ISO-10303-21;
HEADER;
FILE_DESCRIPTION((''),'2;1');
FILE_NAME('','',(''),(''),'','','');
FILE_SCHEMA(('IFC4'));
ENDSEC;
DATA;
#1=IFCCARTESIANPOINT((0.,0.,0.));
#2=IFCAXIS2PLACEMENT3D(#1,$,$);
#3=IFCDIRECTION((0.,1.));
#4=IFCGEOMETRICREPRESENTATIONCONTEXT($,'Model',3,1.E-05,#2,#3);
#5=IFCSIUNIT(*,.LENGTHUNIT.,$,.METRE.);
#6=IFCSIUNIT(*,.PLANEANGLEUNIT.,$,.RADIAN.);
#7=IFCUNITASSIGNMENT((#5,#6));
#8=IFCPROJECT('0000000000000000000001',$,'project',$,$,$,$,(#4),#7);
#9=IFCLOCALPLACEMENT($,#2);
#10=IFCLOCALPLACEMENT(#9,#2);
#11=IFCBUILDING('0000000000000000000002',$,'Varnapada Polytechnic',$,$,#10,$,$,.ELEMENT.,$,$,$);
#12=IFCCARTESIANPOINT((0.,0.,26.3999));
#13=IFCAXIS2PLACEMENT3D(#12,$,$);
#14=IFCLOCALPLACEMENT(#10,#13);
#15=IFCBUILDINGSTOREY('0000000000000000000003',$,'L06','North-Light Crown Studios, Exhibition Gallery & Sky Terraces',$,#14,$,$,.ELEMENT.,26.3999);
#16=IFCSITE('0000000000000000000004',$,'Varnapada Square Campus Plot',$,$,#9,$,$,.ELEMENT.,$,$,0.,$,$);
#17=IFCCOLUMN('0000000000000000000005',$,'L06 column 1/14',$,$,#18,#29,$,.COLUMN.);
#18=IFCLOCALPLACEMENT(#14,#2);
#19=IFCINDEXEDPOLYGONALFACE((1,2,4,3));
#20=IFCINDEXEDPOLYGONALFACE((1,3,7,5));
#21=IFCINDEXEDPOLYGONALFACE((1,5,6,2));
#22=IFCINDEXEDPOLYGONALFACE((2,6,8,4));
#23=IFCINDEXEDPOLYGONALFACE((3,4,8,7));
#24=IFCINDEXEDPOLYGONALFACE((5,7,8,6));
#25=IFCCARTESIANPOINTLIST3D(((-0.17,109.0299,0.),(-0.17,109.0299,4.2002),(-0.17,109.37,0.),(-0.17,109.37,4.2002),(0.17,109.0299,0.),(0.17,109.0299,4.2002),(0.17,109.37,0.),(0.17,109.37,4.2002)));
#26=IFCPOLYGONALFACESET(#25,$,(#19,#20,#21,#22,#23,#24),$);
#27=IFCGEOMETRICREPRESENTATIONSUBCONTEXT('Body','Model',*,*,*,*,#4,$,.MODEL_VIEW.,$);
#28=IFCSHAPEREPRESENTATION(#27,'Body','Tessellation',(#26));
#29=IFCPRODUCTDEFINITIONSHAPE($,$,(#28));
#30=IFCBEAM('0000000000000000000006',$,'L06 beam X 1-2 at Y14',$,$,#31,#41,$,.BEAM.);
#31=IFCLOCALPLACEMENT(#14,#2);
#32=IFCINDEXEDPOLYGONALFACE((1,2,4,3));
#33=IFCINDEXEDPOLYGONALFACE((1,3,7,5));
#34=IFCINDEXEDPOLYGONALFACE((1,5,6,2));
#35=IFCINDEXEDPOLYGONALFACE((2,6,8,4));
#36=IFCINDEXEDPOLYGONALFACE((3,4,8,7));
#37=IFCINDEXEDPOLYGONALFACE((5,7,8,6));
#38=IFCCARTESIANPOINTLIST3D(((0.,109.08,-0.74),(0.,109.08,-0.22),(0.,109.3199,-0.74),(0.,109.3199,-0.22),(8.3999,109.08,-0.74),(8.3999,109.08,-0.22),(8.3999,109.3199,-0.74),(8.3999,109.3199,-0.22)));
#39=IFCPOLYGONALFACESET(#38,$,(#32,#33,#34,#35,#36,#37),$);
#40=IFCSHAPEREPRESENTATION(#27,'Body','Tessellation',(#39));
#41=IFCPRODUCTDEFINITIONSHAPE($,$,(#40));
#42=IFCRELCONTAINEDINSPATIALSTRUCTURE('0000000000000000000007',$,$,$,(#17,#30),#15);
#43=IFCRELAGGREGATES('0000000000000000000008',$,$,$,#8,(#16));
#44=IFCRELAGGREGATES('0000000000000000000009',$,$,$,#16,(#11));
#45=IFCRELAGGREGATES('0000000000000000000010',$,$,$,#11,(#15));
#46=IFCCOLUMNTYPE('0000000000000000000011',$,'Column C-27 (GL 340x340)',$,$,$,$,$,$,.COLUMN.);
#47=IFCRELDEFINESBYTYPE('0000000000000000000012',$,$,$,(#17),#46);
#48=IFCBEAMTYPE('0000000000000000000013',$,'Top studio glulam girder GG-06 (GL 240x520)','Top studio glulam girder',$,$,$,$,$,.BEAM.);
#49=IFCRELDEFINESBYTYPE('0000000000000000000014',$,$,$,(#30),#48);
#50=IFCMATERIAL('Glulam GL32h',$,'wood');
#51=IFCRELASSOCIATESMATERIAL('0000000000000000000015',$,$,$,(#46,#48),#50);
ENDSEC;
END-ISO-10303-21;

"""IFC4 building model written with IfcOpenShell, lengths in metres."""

from ifc_helpers import new_model, si_unit, direction, frame, origin, origin_2d, place, context, subcontext, project, spatial, rectangle, extrude, material, material_profile, profile_set, type_object, element, save


model = new_model("IFC4")

# Units and contexts
model_context = context("Model", 3, precision=1e-05, world=origin(), true_north=direction((0.0, 1.0)))
body_context = subcontext(model_context, "Body", "Model", "MODEL_VIEW")
ifc_project = project(units=[si_unit("LENGTHUNIT", "METRE"), si_unit("PLANEANGLEUNIT", "RADIAN")], contexts=[model_context])

# Site, building, storey
site_placement = place(None, origin())
site = spatial("IfcSite", under=ifc_project, at=site_placement, Name="Varnapada Square Campus Plot", CompositionType="ELEMENT", RefElevation=0.0)
building_placement = place(site_placement, origin())
building = spatial("IfcBuilding", under=site, at=building_placement, Name="Varnapada Polytechnic", CompositionType="ELEMENT")
storey_placement = place(building_placement, frame((0.0, 0.0, 26.3999)))
storey = spatial("IfcBuildingStorey", under=building, at=storey_placement, Name="L06", Description="North-Light Crown Studios, Exhibition Gallery & Sky Terraces", CompositionType="ELEMENT", Elevation=26.3999)

# Column
ifc_material_1 = material(Name="Glulam GL32h", Category="wood")
ifc_material_profile_1 = material_profile(ifc_material_1, rectangle(XDim=0.3401, YDim=0.3401, at=origin_2d()), Name="GL 340x340")
ifc_profile_set_1 = profile_set([ifc_material_profile_1], Name="Glulam GL32h")
column_type = type_object("IfcColumnType", Name="Column C-27 (GL 340x340)", PredefinedType="COLUMN", material=ifc_profile_set_1)
column_placement = place(storey_placement, frame((0.0, 109.2, 0.0), z_axis=(0.0, 0.0, 1.0), x_axis=(1.0, 0.0, 0.0)))
element("IfcColumn", 1, at=column_placement, inside=storey, type_object=column_type, Name="L06 column 1/14", PredefinedType="COLUMN", context=body_context, shape_type="SweptSolid", body=[
    extrude(rectangle(XDim=0.3401, YDim=0.3401, at=origin_2d()), origin(), (0.0, 0.0, 1.0), 4.2002),
])

# Beam
ifc_material_profile_2 = material_profile(ifc_material_1, rectangle(XDim=0.24, YDim=0.52, at=origin_2d()), Name="GL 240x520")
ifc_profile_set_2 = profile_set([ifc_material_profile_2], Name="Glulam GL32h")
beam_type = type_object("IfcBeamType", Name="Top studio glulam girder GG-06 (GL 240x520)", Description="Top studio glulam girder", PredefinedType="BEAM", material=ifc_profile_set_2)
beam_placement = place(storey_placement, frame((0.0, 109.2, -0.48), z_axis=(1.0, 0.0, 0.0), x_axis=(0.0, 1.0, 0.0)))
element("IfcBeam", 2, at=beam_placement, inside=storey, type_object=beam_type, Name="L06 beam X 1-2 at Y14", PredefinedType="BEAM", context=body_context, shape_type="SweptSolid", body=[
    extrude(rectangle(XDim=0.24, YDim=0.52, at=origin_2d()), origin(), (0.0, 0.0, 1.0), 8.3999),
])

save(model, "model.ifc")
